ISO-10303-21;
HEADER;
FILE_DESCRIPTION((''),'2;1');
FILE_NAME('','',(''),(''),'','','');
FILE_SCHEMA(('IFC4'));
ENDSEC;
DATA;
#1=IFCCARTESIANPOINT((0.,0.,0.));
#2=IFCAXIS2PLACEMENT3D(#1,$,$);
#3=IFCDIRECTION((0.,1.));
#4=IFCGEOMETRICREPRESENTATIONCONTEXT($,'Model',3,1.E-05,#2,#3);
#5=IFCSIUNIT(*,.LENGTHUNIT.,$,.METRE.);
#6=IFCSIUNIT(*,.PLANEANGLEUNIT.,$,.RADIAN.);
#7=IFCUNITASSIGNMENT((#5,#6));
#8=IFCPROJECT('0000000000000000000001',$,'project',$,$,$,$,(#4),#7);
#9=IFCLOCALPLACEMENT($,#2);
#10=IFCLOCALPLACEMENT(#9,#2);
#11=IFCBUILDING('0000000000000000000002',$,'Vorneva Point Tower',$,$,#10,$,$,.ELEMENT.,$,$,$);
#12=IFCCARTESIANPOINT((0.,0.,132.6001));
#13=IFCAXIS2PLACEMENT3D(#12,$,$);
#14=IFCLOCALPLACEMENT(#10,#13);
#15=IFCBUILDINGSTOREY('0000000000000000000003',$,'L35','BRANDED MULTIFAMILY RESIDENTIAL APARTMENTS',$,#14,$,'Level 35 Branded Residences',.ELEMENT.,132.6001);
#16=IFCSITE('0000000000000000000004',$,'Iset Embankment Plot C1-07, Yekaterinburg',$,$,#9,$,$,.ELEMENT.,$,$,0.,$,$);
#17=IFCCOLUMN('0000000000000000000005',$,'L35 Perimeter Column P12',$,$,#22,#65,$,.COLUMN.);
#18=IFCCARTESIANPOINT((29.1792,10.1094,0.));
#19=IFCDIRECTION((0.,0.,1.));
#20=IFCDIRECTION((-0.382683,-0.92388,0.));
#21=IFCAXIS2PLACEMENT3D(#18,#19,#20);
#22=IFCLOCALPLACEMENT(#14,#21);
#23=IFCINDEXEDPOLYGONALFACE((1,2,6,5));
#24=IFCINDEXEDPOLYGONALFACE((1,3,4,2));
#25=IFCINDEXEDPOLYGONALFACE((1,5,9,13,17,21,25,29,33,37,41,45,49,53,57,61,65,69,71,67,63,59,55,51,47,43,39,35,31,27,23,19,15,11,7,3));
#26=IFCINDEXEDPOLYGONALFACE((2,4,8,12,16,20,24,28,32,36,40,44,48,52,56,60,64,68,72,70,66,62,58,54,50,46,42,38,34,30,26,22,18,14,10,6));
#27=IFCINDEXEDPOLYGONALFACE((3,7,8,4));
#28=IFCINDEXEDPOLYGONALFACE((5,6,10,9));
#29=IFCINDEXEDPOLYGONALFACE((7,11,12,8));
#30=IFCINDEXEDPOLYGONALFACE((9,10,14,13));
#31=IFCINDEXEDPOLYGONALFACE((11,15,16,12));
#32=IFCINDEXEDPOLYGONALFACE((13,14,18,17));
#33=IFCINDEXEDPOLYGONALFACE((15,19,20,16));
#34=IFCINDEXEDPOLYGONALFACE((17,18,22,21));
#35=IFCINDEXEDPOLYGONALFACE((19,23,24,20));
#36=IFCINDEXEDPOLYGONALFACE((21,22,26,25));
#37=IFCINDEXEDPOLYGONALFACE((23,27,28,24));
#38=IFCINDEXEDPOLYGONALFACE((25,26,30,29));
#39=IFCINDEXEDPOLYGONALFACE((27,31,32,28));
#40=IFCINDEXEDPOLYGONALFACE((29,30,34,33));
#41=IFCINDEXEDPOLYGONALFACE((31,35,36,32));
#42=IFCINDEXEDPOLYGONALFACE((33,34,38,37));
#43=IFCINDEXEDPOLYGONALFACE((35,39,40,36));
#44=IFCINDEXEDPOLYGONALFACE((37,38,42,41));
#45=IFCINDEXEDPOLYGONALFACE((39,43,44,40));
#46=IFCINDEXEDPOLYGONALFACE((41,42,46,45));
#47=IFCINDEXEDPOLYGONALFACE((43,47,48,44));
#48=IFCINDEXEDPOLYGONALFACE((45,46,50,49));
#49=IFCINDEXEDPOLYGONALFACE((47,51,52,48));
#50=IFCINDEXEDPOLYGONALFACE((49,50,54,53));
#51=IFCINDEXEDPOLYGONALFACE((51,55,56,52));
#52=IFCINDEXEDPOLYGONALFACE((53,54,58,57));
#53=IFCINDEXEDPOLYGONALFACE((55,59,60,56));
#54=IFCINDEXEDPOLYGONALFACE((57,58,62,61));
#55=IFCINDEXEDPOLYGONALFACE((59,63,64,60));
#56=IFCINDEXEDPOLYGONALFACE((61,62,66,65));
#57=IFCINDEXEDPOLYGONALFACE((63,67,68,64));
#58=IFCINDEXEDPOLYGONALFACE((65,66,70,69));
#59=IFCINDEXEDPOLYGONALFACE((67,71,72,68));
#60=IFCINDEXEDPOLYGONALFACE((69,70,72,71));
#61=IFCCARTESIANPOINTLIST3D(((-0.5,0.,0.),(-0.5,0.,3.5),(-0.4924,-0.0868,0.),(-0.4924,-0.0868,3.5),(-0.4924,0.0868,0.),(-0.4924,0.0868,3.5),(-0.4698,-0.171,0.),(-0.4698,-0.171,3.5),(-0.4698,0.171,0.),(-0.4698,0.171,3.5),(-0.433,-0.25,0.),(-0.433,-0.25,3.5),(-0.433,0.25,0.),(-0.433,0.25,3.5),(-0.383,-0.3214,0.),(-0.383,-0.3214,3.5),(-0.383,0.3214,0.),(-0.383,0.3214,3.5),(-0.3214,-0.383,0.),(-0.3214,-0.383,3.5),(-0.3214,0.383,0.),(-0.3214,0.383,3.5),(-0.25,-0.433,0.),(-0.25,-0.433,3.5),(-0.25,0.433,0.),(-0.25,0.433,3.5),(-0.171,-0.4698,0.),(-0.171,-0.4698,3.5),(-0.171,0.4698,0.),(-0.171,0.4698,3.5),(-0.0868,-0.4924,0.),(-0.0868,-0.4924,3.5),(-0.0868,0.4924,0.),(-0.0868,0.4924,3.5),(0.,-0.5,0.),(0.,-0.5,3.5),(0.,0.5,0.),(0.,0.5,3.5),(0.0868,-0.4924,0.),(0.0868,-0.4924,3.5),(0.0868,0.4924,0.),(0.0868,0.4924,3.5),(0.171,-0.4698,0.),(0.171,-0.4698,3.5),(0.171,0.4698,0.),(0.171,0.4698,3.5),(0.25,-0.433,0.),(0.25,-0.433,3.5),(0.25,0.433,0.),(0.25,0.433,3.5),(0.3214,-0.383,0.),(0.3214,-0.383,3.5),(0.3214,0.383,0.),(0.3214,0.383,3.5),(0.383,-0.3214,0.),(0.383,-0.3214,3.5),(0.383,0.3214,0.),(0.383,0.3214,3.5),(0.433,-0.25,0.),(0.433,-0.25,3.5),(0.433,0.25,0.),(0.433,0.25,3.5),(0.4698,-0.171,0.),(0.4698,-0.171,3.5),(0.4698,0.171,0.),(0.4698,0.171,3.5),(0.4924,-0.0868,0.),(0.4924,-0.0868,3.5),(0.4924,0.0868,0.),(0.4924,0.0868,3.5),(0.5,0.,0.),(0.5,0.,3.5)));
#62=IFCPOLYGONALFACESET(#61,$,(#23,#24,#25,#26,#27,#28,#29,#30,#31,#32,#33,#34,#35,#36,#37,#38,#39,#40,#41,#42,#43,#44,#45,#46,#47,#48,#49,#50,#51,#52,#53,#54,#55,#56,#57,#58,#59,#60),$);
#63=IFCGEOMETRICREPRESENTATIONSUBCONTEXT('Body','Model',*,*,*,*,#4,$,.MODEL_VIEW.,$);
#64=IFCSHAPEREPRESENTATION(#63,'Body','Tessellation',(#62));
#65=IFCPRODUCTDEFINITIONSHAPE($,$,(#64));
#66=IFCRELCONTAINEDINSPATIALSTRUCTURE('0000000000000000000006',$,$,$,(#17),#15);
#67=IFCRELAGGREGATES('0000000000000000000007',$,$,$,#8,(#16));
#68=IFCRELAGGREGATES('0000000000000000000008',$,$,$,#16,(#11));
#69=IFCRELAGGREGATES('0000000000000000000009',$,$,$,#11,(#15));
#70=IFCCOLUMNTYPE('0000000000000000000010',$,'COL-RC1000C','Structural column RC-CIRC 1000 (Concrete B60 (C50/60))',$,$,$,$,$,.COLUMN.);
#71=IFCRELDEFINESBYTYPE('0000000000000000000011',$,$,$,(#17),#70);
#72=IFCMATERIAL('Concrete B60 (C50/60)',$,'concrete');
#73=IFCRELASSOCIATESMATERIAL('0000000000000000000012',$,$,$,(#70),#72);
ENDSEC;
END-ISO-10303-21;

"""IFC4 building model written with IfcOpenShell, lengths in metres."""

from ifc_helpers import new_model, si_unit, direction, frame, origin, origin_2d, place, context, subcontext, project, spatial, circle, extrude, material, material_profile, profile_set, type_object, element, save


model = new_model("IFC4")

# Units and contexts
model_context = context("Model", 3, precision=1e-05, world=origin(), true_north=direction((0.0, 1.0)))
body_context = subcontext(model_context, "Body", "Model", "MODEL_VIEW")
ifc_project = project(units=[si_unit("LENGTHUNIT", "METRE"), si_unit("PLANEANGLEUNIT", "RADIAN")], contexts=[model_context])

# Site, building, storey
site_placement = place(None, origin())
site = spatial("IfcSite", under=ifc_project, at=site_placement, Name="Iset Embankment Plot C1-07, Yekaterinburg", CompositionType="ELEMENT", RefElevation=0.0)
building_placement = place(site_placement, origin())
building = spatial("IfcBuilding", under=site, at=building_placement, Name="Vorneva Point Tower", CompositionType="ELEMENT")
storey_placement = place(building_placement, frame((0.0, 0.0, 132.6001)))
storey = spatial("IfcBuildingStorey", under=building, at=storey_placement, Name="L35", Description="BRANDED MULTIFAMILY RESIDENTIAL APARTMENTS", LongName="Level 35 Branded Residences", CompositionType="ELEMENT", Elevation=132.6001)

# Column
ifc_material_1 = material(Name="Concrete B60 (C50/60)", Category="concrete")
ifc_material_profile_1 = material_profile(ifc_material_1, circle(Radius=0.5, at=origin_2d()), Name="RC-CIRC 1000")
ifc_profile_set_1 = profile_set([ifc_material_profile_1], Name="Concrete B60 (C50/60)")
column_type = type_object("IfcColumnType", Name="COL-RC1000C", Description="Structural column RC-CIRC 1000 (Concrete B60 (C50/60))", PredefinedType="COLUMN", material=ifc_profile_set_1)
column_placement = place(storey_placement, frame((29.1792, 10.1094, 0.0), z_axis=(0.0, 0.0, 1.0), x_axis=(-0.382683, -0.92388, 0.0)))
element("IfcColumn", 1, at=column_placement, inside=storey, type_object=column_type, Name="L35 Perimeter Column P12", PredefinedType="COLUMN", context=body_context, shape_type="SweptSolid", body=[
    extrude(circle(Radius=0.5, at=origin_2d()), origin(), (0.0, 0.0, 1.0), 3.5),
])

save(model, "model.ifc")
